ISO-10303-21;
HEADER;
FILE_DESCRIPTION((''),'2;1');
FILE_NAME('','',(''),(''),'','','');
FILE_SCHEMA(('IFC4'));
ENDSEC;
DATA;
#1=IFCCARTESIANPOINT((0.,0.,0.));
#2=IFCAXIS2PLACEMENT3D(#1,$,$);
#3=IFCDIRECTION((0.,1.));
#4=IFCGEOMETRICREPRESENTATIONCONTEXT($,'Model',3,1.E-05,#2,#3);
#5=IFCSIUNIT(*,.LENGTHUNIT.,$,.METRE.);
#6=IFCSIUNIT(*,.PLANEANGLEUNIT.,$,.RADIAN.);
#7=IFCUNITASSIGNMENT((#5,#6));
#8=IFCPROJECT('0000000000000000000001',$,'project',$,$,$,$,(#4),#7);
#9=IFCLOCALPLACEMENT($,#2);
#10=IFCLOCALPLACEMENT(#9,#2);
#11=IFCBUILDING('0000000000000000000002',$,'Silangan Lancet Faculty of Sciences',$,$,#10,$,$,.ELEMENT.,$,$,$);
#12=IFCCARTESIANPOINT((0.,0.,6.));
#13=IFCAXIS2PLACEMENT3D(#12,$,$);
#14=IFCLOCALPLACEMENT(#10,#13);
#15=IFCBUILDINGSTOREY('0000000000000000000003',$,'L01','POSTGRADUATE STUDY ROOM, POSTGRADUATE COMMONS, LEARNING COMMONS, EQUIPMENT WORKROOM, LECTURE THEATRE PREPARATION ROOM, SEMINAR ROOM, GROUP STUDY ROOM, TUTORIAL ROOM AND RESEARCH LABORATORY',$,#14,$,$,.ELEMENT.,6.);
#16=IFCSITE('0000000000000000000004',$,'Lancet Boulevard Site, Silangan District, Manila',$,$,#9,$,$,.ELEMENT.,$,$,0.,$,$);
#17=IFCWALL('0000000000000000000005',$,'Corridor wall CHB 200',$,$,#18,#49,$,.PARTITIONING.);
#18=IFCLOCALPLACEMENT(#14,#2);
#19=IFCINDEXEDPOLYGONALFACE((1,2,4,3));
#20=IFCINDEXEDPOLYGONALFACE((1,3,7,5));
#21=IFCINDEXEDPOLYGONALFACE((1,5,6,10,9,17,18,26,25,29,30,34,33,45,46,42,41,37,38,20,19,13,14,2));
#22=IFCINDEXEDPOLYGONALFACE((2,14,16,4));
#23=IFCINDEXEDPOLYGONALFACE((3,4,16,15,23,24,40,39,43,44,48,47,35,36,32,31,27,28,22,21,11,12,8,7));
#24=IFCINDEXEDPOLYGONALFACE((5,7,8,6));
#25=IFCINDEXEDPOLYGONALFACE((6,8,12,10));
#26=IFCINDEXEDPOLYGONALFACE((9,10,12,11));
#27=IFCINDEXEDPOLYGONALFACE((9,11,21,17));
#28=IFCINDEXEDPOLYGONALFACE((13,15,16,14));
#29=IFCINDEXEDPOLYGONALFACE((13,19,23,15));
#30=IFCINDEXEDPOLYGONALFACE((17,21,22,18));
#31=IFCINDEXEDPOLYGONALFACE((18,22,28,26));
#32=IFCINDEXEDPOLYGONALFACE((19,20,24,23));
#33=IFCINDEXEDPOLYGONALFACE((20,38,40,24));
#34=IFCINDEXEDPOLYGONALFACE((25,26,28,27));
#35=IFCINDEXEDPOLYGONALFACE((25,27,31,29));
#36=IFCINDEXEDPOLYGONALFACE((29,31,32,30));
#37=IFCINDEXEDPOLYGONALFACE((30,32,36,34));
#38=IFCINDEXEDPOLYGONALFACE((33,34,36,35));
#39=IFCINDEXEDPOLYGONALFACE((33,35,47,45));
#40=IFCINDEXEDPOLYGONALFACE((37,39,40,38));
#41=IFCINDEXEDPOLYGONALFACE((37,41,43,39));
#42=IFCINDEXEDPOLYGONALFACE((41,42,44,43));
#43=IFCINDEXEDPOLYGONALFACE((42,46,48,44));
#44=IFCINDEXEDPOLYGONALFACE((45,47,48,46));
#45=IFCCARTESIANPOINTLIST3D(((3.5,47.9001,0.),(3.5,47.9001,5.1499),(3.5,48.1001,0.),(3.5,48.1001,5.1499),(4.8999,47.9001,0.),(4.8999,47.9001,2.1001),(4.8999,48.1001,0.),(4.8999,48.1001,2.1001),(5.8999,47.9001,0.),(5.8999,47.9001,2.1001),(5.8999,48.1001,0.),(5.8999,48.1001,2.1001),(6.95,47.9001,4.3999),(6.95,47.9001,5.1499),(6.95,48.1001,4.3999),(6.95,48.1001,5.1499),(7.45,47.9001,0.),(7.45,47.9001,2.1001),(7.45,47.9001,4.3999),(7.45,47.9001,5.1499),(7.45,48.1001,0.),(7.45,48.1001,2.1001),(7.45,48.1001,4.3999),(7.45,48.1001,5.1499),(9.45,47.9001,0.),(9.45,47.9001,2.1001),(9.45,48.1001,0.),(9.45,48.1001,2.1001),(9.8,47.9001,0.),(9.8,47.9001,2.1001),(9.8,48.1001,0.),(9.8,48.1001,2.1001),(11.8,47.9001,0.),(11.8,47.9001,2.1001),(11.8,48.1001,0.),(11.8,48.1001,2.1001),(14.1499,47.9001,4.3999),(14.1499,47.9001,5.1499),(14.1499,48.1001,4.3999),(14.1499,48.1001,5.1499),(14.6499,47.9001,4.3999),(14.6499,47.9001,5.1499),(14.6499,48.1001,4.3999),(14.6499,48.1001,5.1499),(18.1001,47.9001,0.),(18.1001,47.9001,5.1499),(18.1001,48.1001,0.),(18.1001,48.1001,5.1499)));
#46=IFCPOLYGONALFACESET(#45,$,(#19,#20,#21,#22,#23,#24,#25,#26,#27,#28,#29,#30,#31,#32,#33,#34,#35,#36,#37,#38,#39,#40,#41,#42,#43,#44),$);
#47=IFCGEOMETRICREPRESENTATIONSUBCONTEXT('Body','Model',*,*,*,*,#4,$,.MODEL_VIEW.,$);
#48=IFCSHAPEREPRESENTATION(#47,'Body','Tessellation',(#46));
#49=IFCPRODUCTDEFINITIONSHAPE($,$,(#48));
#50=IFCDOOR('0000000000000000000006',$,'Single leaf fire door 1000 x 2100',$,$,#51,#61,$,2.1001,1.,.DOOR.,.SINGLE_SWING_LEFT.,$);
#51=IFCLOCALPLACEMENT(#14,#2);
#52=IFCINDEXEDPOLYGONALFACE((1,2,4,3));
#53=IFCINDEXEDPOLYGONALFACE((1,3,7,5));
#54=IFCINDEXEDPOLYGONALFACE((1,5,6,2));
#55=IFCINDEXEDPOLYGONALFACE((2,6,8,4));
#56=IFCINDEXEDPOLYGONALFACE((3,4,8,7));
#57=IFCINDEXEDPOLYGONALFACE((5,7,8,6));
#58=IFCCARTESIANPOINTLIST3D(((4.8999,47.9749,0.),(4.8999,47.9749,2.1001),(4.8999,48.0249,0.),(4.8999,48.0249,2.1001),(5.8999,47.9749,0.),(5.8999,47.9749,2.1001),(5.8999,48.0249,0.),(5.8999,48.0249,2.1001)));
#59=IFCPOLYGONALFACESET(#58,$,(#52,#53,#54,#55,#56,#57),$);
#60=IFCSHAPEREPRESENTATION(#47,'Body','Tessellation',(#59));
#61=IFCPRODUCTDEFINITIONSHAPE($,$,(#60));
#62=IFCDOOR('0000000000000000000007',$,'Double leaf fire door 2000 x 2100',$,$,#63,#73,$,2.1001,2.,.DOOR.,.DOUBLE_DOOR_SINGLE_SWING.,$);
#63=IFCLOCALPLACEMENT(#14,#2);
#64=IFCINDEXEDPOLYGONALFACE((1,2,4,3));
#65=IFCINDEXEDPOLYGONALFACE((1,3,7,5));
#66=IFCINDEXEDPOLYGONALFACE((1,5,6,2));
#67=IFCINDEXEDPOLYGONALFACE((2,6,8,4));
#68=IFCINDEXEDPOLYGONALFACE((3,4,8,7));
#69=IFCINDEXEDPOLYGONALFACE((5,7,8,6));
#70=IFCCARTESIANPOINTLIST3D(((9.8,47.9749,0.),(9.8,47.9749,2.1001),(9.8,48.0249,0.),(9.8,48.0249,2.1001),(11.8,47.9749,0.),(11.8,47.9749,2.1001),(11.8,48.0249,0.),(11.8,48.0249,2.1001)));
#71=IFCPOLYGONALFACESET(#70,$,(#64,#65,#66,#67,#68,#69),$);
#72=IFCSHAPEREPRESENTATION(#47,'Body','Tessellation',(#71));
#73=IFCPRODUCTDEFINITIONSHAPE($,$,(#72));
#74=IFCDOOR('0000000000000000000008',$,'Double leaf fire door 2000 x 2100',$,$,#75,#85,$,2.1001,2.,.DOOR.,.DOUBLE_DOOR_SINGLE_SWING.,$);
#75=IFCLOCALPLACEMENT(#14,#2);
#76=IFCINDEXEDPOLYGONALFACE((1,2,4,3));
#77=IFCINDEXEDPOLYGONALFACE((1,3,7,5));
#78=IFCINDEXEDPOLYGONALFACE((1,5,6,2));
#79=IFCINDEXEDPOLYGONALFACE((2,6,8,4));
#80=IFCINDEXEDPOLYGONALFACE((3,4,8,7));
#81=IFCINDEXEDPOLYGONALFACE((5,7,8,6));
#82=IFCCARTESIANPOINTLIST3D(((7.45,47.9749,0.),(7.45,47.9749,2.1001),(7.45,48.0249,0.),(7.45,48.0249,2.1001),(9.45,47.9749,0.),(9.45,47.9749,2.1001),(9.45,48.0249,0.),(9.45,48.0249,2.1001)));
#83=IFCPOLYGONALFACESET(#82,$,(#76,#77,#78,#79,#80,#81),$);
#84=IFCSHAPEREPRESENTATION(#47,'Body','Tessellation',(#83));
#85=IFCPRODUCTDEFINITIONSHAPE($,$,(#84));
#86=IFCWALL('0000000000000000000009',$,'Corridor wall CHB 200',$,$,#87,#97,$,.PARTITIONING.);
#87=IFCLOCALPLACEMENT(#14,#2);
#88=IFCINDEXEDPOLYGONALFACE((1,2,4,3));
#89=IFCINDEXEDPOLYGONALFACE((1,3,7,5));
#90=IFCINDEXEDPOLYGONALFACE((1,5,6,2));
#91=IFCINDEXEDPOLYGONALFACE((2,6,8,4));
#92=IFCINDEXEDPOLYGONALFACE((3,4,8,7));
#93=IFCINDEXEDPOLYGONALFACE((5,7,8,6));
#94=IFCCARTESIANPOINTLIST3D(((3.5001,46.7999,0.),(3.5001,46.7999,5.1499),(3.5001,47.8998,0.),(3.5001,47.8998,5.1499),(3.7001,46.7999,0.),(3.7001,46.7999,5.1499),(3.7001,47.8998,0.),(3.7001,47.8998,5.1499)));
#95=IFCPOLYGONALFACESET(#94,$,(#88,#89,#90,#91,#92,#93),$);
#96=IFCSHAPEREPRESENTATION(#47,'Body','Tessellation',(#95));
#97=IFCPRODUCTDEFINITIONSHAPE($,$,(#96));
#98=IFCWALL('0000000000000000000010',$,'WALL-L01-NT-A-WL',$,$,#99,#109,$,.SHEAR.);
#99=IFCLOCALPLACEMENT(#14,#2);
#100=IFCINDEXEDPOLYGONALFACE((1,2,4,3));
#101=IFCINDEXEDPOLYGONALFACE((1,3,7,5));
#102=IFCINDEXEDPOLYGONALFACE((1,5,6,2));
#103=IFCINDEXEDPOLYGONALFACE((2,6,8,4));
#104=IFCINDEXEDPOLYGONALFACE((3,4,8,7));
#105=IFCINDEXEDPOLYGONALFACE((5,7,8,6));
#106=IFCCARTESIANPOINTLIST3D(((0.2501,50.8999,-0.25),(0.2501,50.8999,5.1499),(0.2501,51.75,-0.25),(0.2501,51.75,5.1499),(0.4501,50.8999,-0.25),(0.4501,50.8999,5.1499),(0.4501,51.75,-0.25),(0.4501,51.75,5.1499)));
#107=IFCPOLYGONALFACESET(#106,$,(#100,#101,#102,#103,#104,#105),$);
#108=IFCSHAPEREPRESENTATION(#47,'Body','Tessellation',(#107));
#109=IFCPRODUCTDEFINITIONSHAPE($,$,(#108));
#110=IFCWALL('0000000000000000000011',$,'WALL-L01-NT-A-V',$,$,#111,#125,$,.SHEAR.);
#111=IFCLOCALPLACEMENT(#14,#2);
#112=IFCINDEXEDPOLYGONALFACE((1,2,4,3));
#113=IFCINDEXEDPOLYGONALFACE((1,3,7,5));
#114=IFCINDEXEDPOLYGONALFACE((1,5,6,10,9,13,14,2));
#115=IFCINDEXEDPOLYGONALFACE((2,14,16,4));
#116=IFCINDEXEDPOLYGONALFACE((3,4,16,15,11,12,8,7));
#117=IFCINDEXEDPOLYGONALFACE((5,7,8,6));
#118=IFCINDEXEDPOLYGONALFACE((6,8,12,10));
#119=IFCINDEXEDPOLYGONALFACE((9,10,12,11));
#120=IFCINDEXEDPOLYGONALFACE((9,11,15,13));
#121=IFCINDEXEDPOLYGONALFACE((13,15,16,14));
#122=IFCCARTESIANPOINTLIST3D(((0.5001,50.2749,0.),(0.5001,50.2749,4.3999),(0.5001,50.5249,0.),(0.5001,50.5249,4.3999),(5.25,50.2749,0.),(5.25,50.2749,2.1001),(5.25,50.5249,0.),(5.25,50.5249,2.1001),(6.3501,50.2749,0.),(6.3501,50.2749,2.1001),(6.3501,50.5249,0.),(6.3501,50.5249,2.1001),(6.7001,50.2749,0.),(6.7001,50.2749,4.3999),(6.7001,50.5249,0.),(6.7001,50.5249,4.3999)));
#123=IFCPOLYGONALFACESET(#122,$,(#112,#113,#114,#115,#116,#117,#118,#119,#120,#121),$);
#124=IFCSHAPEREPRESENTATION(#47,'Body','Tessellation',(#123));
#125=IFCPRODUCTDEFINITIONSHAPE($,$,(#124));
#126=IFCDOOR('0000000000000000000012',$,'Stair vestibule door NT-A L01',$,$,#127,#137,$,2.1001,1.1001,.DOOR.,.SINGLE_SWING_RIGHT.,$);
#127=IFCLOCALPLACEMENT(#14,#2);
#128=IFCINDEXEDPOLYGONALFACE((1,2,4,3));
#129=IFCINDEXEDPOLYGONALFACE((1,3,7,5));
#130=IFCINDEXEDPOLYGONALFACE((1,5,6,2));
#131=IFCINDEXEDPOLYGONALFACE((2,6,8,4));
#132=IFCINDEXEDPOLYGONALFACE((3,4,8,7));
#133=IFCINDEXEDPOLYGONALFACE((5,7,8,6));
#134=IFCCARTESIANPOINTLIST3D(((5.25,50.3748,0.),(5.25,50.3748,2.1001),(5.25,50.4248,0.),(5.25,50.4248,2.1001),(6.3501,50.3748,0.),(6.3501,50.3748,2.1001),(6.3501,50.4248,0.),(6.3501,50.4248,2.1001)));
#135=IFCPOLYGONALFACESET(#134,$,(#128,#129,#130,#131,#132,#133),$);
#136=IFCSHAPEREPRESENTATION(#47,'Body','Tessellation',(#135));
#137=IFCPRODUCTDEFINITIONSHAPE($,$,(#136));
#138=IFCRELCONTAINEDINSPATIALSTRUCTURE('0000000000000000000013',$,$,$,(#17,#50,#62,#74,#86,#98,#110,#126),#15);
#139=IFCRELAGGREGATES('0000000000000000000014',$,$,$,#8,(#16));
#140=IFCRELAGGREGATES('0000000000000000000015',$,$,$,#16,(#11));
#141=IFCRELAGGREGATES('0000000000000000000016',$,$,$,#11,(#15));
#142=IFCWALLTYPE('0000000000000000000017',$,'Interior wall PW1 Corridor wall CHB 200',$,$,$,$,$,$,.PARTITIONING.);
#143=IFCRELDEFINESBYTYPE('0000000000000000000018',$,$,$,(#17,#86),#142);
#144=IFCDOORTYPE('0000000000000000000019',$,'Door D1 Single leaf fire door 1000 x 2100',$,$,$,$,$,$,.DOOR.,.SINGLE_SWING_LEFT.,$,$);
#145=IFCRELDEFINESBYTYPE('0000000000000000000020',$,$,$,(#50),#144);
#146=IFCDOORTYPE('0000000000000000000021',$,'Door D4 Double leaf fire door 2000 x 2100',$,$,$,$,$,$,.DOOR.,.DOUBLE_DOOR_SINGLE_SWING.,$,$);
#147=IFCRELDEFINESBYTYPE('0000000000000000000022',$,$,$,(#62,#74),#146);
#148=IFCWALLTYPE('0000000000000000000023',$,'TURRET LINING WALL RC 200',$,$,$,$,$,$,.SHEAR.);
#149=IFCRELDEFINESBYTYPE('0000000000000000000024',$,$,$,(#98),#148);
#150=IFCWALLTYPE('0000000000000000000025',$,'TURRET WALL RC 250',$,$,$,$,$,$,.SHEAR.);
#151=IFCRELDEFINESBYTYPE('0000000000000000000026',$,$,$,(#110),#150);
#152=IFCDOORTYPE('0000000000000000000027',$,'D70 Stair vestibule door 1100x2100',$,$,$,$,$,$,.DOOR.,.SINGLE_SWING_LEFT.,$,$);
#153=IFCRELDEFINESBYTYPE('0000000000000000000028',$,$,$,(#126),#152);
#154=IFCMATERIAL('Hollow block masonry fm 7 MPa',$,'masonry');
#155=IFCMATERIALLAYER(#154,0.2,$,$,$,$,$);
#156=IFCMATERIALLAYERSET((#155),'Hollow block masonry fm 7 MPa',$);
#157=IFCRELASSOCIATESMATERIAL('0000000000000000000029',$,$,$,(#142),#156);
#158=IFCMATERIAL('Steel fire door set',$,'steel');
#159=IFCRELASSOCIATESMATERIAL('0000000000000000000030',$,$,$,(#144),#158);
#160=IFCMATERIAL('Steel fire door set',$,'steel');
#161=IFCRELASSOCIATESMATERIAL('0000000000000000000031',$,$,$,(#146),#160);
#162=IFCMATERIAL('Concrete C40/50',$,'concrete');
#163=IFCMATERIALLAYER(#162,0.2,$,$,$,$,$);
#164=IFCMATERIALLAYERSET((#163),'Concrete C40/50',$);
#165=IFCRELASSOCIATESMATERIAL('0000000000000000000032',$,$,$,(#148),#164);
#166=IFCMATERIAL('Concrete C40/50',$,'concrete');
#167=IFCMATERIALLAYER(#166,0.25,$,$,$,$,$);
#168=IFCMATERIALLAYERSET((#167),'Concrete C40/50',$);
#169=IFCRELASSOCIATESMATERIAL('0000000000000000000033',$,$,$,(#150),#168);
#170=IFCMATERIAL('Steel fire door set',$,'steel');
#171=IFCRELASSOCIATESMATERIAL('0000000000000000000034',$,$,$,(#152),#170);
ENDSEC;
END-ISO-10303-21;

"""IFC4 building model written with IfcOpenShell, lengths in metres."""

from ifc_helpers import new_model, si_unit, direction, frame, frame_2d, origin, place, context, subcontext, project, spatial, polyline, rectangle, outline, extrude, material, layer, layer_set, type_object, element, fill, save


model = new_model("IFC4")

# Units and contexts
model_context = context("Model", 3, precision=1e-05, world=origin(), true_north=direction((0.0, 1.0)))
body_context = subcontext(model_context, "Body", "Model", "MODEL_VIEW")
ifc_project = project(units=[si_unit("LENGTHUNIT", "METRE"), si_unit("PLANEANGLEUNIT", "RADIAN")], contexts=[model_context])

# Site, building, storey
site_placement = place(None, origin())
site = spatial("IfcSite", under=ifc_project, at=site_placement, Name="Lancet Boulevard Site, Silangan District, Manila", CompositionType="ELEMENT", RefElevation=0.0)
building_placement = place(site_placement, origin())
building = spatial("IfcBuilding", under=site, at=building_placement, Name="Silangan Lancet Faculty of Sciences", CompositionType="ELEMENT")
storey_placement = place(building_placement, frame((0.0, 0.0, 6.0)))
storey = spatial("IfcBuildingStorey", under=building, at=storey_placement, Name="L01", Description="POSTGRADUATE STUDY ROOM, POSTGRADUATE COMMONS, LEARNING COMMONS, EQUIPMENT WORKROOM, LECTURE THEATRE PREPARATION ROOM, SEMINAR ROOM, GROUP STUDY ROOM, TUTORIAL ROOM AND RESEARCH LABORATORY", CompositionType="ELEMENT", Elevation=6.0)

# Shared definitions
ifc_material_1 = material(Name="Hollow block masonry fm 7 MPa", Category="masonry")
ifc_layer_1 = layer(ifc_material_1, 0.2)
ifc_layer_set_1 = layer_set([ifc_layer_1], Name="Hollow block masonry fm 7 MPa")
wall_type_1 = type_object("IfcWallType", Name="Interior wall PW1 Corridor wall CHB 200", PredefinedType="PARTITIONING", material=ifc_layer_set_1)
ifc_material_2 = material(Name="Steel fire door set", Category="steel")
door_type_1 = type_object("IfcDoorType", Name="Door D1 Single leaf fire door 1000 x 2100", OperationType="SINGLE_SWING_LEFT", PredefinedType="DOOR", material=ifc_material_2)

# Wall, openings, doors
wall_1_placement = place(storey_placement, frame((3.5, 48.0, 0.0), z_axis=(0.0, 0.0, 1.0), x_axis=(1.0, 0.0, 0.0)))
wall_1 = element("IfcWall", 1, at=wall_1_placement, inside=storey, type_object=wall_type_1, Name="Corridor wall CHB 200", PredefinedType="PARTITIONING", context=body_context, shape_type="SweptSolid", body=[
    extrude(outline(polyline([(0.0, 0.0), (14.6001, 0.0), (14.6001, 5.1499), (11.1499, 5.1499), (11.1499, 4.3999), (10.6499, 4.3999), (10.6499, 5.1499), (3.95, 5.1499), (3.95, 4.3999), (3.45, 4.3999), (3.45, 5.1499), (0.0, 5.1499), (0.0, 0.0)])), frame((0.0, 0.1001, 0.0), z_axis=(0.0, -1.0, 0.0), x_axis=(1.0, 0.0, 0.0)), (0.0, 0.0, 1.0), 0.2),
])
opening_1_placement = place(wall_1_placement, frame((1.3999, 0.0, 0.0)))
opening_1 = element("IfcOpeningElement", 2, at=opening_1_placement, cuts=wall_1, PredefinedType="OPENING", context=body_context, shape_type="SweptSolid", body=[
    extrude(rectangle(XDim=1.0, YDim=2.1001, at=frame_2d((0.5, 1.05))), frame((0.0, 0.1099, 0.0), z_axis=(0.0, -1.0, 0.0), x_axis=(1.0, 0.0, 0.0)), (0.0, 0.0, 1.0), 0.22),
])
opening_2_placement = place(wall_1_placement, frame((6.3, 0.0, 0.0)))
opening_2 = element("IfcOpeningElement", 3, at=opening_2_placement, cuts=wall_1, PredefinedType="OPENING", context=body_context, shape_type="SweptSolid", body=[
    extrude(rectangle(XDim=2.0, YDim=2.1001, at=frame_2d((1.0, 1.05))), frame((0.0, 0.1099, 0.0), z_axis=(0.0, -1.0, 0.0), x_axis=(1.0, 0.0, 0.0)), (0.0, 0.0, 1.0), 0.22),
])
opening_3_placement = place(wall_1_placement, frame((3.95, 0.0, 0.0)))
opening_3 = element("IfcOpeningElement", 4, at=opening_3_placement, cuts=wall_1, PredefinedType="OPENING", context=body_context, shape_type="SweptSolid", body=[
    extrude(rectangle(XDim=2.0, YDim=2.1001, at=frame_2d((1.0, 1.05))), frame((0.0, 0.1099, 0.0), z_axis=(0.0, -1.0, 0.0), x_axis=(1.0, 0.0, 0.0)), (0.0, 0.0, 1.0), 0.22),
])
door_1_placement = place(opening_1_placement, frame((1.0, 0.0, 0.0), z_axis=(0.0, 0.0, 1.0), x_axis=(-1.0, 0.0, 0.0)))
door_1 = element("IfcDoor", 5, at=door_1_placement, inside=storey, type_object=door_type_1, Name="Single leaf fire door 1000 x 2100", OperationType="SINGLE_SWING_LEFT", OverallHeight=2.1001, OverallWidth=1.0, PredefinedType="DOOR", context=body_context, shape_type="SweptSolid", body=[
    extrude(rectangle(XDim=1.0, YDim=2.1001, at=frame_2d((0.5, 1.05))), frame((0.0, 0.0251, 0.0), z_axis=(0.0, -1.0, 0.0), x_axis=(1.0, 0.0, 0.0)), (0.0, 0.0, 1.0), 0.05),
])
fill(opening_1, door_1)
ifc_material_3 = material(Name="Steel fire door set", Category="steel")
door_type_2 = type_object("IfcDoorType", Name="Door D4 Double leaf fire door 2000 x 2100", OperationType="DOUBLE_DOOR_SINGLE_SWING", PredefinedType="DOOR", material=ifc_material_3)
door_2_placement = place(opening_2_placement, origin())
door_2 = element("IfcDoor", 6, at=door_2_placement, inside=storey, type_object=door_type_2, Name="Double leaf fire door 2000 x 2100", OperationType="DOUBLE_DOOR_SINGLE_SWING", OverallHeight=2.1001, OverallWidth=2.0, PredefinedType="DOOR", context=body_context, shape_type="SweptSolid", body=[
    extrude(rectangle(XDim=2.0, YDim=2.1001, at=frame_2d((1.0, 1.05))), frame((0.0, 0.0249, 0.0), z_axis=(0.0, -1.0, 0.0), x_axis=(1.0, 0.0, 0.0)), (0.0, 0.0, 1.0), 0.05),
])
fill(opening_2, door_2)
door_3_placement = place(opening_3_placement, origin())
door_3 = element("IfcDoor", 7, at=door_3_placement, inside=storey, type_object=door_type_2, Name="Double leaf fire door 2000 x 2100", OperationType="DOUBLE_DOOR_SINGLE_SWING", OverallHeight=2.1001, OverallWidth=2.0, PredefinedType="DOOR", context=body_context, shape_type="SweptSolid", body=[
    extrude(rectangle(XDim=2.0, YDim=2.1001, at=frame_2d((1.0, 1.05))), frame((0.0, 0.0249, 0.0), z_axis=(0.0, -1.0, 0.0), x_axis=(1.0, 0.0, 0.0)), (0.0, 0.0, 1.0), 0.05),
])
fill(opening_3, door_3)

# Walls
wall_2_placement = place(storey_placement, frame((3.6001, 46.8, 0.0), z_axis=(0.0, 0.0, 1.0), x_axis=(0.0, 1.0, 0.0)))
element("IfcWall", 8, at=wall_2_placement, inside=storey, type_object=wall_type_1, Name="Corridor wall CHB 200", PredefinedType="PARTITIONING", context=body_context, shape_type="SweptSolid", body=[
    extrude(rectangle(XDim=1.0999, YDim=0.2, at=frame_2d((0.5498, 0.0))), origin(), (0.0, 0.0, 1.0), 5.1499),
])
ifc_material_4 = material(Name="Concrete C40/50", Category="concrete")
ifc_layer_2 = layer(ifc_material_4, 0.2)
ifc_layer_set_2 = layer_set([ifc_layer_2], Name="Concrete C40/50")
wall_type_2 = type_object("IfcWallType", Name="TURRET LINING WALL RC 200", PredefinedType="SHEAR", material=ifc_layer_set_2)
wall_3_placement = place(storey_placement, frame((0.3501, 50.8999, -0.25), z_axis=(0.0, 0.0, 1.0), x_axis=(0.0, 1.0, 0.0)))
element("IfcWall", 9, at=wall_3_placement, inside=storey, type_object=wall_type_2, Name="WALL-L01-NT-A-WL", PredefinedType="SHEAR", context=body_context, shape_type="SweptSolid", body=[
    extrude(rectangle(XDim=0.8501, YDim=0.2, at=frame_2d((0.425, 0.0))), origin(), (0.0, 0.0, 1.0), 5.3999),
])

# Wall, opening, door
ifc_material_5 = material(Name="Concrete C40/50", Category="concrete")
ifc_layer_3 = layer(ifc_material_5, 0.25)
ifc_layer_set_3 = layer_set([ifc_layer_3], Name="Concrete C40/50")
wall_type_3 = type_object("IfcWallType", Name="TURRET WALL RC 250", PredefinedType="SHEAR", material=ifc_layer_set_3)
wall_4_placement = place(storey_placement, frame((0.5, 50.3999, 0.0), z_axis=(0.0, 0.0, 1.0), x_axis=(1.0, 0.0, 0.0)))
wall_4 = element("IfcWall", 10, at=wall_4_placement, inside=storey, type_object=wall_type_3, Name="WALL-L01-NT-A-V", PredefinedType="SHEAR", context=body_context, shape_type="SweptSolid", body=[
    extrude(rectangle(XDim=6.2, YDim=0.25, at=frame_2d((3.1001, 0.0))), origin(), (0.0, 0.0, 1.0), 4.3999),
])
opening_4_placement = place(wall_4_placement, frame((4.75, 0.0, 0.0)))
opening_4 = element("IfcOpeningElement", 11, at=opening_4_placement, cuts=wall_4, PredefinedType="OPENING", context=body_context, shape_type="SweptSolid", body=[
    extrude(rectangle(XDim=1.1001, YDim=2.1001, at=frame_2d((0.55, 1.05))), frame((0.0, 0.135, 0.0), z_axis=(0.0, -1.0, 0.0), x_axis=(1.0, 0.0, 0.0)), (0.0, 0.0, 1.0), 0.27),
])
ifc_material_6 = material(Name="Steel fire door set", Category="steel")
door_type_3 = type_object("IfcDoorType", Name="D70 Stair vestibule door 1100x2100", OperationType="SINGLE_SWING_LEFT", PredefinedType="DOOR", material=ifc_material_6)
door_4_placement = place(opening_4_placement, origin())
door_4 = element("IfcDoor", 12, at=door_4_placement, inside=storey, type_object=door_type_3, Name="Stair vestibule door NT-A L01", OperationType="SINGLE_SWING_RIGHT", OverallHeight=2.1001, OverallWidth=1.1001, PredefinedType="DOOR", context=body_context, shape_type="SweptSolid", body=[
    extrude(rectangle(XDim=1.1001, YDim=2.1001, at=frame_2d((0.55, 1.05))), frame((0.0, 0.0249, 0.0), z_axis=(0.0, -1.0, 0.0), x_axis=(1.0, 0.0, 0.0)), (0.0, 0.0, 1.0), 0.05),
])
fill(opening_4, door_4)

save(model, "model.ifc")
